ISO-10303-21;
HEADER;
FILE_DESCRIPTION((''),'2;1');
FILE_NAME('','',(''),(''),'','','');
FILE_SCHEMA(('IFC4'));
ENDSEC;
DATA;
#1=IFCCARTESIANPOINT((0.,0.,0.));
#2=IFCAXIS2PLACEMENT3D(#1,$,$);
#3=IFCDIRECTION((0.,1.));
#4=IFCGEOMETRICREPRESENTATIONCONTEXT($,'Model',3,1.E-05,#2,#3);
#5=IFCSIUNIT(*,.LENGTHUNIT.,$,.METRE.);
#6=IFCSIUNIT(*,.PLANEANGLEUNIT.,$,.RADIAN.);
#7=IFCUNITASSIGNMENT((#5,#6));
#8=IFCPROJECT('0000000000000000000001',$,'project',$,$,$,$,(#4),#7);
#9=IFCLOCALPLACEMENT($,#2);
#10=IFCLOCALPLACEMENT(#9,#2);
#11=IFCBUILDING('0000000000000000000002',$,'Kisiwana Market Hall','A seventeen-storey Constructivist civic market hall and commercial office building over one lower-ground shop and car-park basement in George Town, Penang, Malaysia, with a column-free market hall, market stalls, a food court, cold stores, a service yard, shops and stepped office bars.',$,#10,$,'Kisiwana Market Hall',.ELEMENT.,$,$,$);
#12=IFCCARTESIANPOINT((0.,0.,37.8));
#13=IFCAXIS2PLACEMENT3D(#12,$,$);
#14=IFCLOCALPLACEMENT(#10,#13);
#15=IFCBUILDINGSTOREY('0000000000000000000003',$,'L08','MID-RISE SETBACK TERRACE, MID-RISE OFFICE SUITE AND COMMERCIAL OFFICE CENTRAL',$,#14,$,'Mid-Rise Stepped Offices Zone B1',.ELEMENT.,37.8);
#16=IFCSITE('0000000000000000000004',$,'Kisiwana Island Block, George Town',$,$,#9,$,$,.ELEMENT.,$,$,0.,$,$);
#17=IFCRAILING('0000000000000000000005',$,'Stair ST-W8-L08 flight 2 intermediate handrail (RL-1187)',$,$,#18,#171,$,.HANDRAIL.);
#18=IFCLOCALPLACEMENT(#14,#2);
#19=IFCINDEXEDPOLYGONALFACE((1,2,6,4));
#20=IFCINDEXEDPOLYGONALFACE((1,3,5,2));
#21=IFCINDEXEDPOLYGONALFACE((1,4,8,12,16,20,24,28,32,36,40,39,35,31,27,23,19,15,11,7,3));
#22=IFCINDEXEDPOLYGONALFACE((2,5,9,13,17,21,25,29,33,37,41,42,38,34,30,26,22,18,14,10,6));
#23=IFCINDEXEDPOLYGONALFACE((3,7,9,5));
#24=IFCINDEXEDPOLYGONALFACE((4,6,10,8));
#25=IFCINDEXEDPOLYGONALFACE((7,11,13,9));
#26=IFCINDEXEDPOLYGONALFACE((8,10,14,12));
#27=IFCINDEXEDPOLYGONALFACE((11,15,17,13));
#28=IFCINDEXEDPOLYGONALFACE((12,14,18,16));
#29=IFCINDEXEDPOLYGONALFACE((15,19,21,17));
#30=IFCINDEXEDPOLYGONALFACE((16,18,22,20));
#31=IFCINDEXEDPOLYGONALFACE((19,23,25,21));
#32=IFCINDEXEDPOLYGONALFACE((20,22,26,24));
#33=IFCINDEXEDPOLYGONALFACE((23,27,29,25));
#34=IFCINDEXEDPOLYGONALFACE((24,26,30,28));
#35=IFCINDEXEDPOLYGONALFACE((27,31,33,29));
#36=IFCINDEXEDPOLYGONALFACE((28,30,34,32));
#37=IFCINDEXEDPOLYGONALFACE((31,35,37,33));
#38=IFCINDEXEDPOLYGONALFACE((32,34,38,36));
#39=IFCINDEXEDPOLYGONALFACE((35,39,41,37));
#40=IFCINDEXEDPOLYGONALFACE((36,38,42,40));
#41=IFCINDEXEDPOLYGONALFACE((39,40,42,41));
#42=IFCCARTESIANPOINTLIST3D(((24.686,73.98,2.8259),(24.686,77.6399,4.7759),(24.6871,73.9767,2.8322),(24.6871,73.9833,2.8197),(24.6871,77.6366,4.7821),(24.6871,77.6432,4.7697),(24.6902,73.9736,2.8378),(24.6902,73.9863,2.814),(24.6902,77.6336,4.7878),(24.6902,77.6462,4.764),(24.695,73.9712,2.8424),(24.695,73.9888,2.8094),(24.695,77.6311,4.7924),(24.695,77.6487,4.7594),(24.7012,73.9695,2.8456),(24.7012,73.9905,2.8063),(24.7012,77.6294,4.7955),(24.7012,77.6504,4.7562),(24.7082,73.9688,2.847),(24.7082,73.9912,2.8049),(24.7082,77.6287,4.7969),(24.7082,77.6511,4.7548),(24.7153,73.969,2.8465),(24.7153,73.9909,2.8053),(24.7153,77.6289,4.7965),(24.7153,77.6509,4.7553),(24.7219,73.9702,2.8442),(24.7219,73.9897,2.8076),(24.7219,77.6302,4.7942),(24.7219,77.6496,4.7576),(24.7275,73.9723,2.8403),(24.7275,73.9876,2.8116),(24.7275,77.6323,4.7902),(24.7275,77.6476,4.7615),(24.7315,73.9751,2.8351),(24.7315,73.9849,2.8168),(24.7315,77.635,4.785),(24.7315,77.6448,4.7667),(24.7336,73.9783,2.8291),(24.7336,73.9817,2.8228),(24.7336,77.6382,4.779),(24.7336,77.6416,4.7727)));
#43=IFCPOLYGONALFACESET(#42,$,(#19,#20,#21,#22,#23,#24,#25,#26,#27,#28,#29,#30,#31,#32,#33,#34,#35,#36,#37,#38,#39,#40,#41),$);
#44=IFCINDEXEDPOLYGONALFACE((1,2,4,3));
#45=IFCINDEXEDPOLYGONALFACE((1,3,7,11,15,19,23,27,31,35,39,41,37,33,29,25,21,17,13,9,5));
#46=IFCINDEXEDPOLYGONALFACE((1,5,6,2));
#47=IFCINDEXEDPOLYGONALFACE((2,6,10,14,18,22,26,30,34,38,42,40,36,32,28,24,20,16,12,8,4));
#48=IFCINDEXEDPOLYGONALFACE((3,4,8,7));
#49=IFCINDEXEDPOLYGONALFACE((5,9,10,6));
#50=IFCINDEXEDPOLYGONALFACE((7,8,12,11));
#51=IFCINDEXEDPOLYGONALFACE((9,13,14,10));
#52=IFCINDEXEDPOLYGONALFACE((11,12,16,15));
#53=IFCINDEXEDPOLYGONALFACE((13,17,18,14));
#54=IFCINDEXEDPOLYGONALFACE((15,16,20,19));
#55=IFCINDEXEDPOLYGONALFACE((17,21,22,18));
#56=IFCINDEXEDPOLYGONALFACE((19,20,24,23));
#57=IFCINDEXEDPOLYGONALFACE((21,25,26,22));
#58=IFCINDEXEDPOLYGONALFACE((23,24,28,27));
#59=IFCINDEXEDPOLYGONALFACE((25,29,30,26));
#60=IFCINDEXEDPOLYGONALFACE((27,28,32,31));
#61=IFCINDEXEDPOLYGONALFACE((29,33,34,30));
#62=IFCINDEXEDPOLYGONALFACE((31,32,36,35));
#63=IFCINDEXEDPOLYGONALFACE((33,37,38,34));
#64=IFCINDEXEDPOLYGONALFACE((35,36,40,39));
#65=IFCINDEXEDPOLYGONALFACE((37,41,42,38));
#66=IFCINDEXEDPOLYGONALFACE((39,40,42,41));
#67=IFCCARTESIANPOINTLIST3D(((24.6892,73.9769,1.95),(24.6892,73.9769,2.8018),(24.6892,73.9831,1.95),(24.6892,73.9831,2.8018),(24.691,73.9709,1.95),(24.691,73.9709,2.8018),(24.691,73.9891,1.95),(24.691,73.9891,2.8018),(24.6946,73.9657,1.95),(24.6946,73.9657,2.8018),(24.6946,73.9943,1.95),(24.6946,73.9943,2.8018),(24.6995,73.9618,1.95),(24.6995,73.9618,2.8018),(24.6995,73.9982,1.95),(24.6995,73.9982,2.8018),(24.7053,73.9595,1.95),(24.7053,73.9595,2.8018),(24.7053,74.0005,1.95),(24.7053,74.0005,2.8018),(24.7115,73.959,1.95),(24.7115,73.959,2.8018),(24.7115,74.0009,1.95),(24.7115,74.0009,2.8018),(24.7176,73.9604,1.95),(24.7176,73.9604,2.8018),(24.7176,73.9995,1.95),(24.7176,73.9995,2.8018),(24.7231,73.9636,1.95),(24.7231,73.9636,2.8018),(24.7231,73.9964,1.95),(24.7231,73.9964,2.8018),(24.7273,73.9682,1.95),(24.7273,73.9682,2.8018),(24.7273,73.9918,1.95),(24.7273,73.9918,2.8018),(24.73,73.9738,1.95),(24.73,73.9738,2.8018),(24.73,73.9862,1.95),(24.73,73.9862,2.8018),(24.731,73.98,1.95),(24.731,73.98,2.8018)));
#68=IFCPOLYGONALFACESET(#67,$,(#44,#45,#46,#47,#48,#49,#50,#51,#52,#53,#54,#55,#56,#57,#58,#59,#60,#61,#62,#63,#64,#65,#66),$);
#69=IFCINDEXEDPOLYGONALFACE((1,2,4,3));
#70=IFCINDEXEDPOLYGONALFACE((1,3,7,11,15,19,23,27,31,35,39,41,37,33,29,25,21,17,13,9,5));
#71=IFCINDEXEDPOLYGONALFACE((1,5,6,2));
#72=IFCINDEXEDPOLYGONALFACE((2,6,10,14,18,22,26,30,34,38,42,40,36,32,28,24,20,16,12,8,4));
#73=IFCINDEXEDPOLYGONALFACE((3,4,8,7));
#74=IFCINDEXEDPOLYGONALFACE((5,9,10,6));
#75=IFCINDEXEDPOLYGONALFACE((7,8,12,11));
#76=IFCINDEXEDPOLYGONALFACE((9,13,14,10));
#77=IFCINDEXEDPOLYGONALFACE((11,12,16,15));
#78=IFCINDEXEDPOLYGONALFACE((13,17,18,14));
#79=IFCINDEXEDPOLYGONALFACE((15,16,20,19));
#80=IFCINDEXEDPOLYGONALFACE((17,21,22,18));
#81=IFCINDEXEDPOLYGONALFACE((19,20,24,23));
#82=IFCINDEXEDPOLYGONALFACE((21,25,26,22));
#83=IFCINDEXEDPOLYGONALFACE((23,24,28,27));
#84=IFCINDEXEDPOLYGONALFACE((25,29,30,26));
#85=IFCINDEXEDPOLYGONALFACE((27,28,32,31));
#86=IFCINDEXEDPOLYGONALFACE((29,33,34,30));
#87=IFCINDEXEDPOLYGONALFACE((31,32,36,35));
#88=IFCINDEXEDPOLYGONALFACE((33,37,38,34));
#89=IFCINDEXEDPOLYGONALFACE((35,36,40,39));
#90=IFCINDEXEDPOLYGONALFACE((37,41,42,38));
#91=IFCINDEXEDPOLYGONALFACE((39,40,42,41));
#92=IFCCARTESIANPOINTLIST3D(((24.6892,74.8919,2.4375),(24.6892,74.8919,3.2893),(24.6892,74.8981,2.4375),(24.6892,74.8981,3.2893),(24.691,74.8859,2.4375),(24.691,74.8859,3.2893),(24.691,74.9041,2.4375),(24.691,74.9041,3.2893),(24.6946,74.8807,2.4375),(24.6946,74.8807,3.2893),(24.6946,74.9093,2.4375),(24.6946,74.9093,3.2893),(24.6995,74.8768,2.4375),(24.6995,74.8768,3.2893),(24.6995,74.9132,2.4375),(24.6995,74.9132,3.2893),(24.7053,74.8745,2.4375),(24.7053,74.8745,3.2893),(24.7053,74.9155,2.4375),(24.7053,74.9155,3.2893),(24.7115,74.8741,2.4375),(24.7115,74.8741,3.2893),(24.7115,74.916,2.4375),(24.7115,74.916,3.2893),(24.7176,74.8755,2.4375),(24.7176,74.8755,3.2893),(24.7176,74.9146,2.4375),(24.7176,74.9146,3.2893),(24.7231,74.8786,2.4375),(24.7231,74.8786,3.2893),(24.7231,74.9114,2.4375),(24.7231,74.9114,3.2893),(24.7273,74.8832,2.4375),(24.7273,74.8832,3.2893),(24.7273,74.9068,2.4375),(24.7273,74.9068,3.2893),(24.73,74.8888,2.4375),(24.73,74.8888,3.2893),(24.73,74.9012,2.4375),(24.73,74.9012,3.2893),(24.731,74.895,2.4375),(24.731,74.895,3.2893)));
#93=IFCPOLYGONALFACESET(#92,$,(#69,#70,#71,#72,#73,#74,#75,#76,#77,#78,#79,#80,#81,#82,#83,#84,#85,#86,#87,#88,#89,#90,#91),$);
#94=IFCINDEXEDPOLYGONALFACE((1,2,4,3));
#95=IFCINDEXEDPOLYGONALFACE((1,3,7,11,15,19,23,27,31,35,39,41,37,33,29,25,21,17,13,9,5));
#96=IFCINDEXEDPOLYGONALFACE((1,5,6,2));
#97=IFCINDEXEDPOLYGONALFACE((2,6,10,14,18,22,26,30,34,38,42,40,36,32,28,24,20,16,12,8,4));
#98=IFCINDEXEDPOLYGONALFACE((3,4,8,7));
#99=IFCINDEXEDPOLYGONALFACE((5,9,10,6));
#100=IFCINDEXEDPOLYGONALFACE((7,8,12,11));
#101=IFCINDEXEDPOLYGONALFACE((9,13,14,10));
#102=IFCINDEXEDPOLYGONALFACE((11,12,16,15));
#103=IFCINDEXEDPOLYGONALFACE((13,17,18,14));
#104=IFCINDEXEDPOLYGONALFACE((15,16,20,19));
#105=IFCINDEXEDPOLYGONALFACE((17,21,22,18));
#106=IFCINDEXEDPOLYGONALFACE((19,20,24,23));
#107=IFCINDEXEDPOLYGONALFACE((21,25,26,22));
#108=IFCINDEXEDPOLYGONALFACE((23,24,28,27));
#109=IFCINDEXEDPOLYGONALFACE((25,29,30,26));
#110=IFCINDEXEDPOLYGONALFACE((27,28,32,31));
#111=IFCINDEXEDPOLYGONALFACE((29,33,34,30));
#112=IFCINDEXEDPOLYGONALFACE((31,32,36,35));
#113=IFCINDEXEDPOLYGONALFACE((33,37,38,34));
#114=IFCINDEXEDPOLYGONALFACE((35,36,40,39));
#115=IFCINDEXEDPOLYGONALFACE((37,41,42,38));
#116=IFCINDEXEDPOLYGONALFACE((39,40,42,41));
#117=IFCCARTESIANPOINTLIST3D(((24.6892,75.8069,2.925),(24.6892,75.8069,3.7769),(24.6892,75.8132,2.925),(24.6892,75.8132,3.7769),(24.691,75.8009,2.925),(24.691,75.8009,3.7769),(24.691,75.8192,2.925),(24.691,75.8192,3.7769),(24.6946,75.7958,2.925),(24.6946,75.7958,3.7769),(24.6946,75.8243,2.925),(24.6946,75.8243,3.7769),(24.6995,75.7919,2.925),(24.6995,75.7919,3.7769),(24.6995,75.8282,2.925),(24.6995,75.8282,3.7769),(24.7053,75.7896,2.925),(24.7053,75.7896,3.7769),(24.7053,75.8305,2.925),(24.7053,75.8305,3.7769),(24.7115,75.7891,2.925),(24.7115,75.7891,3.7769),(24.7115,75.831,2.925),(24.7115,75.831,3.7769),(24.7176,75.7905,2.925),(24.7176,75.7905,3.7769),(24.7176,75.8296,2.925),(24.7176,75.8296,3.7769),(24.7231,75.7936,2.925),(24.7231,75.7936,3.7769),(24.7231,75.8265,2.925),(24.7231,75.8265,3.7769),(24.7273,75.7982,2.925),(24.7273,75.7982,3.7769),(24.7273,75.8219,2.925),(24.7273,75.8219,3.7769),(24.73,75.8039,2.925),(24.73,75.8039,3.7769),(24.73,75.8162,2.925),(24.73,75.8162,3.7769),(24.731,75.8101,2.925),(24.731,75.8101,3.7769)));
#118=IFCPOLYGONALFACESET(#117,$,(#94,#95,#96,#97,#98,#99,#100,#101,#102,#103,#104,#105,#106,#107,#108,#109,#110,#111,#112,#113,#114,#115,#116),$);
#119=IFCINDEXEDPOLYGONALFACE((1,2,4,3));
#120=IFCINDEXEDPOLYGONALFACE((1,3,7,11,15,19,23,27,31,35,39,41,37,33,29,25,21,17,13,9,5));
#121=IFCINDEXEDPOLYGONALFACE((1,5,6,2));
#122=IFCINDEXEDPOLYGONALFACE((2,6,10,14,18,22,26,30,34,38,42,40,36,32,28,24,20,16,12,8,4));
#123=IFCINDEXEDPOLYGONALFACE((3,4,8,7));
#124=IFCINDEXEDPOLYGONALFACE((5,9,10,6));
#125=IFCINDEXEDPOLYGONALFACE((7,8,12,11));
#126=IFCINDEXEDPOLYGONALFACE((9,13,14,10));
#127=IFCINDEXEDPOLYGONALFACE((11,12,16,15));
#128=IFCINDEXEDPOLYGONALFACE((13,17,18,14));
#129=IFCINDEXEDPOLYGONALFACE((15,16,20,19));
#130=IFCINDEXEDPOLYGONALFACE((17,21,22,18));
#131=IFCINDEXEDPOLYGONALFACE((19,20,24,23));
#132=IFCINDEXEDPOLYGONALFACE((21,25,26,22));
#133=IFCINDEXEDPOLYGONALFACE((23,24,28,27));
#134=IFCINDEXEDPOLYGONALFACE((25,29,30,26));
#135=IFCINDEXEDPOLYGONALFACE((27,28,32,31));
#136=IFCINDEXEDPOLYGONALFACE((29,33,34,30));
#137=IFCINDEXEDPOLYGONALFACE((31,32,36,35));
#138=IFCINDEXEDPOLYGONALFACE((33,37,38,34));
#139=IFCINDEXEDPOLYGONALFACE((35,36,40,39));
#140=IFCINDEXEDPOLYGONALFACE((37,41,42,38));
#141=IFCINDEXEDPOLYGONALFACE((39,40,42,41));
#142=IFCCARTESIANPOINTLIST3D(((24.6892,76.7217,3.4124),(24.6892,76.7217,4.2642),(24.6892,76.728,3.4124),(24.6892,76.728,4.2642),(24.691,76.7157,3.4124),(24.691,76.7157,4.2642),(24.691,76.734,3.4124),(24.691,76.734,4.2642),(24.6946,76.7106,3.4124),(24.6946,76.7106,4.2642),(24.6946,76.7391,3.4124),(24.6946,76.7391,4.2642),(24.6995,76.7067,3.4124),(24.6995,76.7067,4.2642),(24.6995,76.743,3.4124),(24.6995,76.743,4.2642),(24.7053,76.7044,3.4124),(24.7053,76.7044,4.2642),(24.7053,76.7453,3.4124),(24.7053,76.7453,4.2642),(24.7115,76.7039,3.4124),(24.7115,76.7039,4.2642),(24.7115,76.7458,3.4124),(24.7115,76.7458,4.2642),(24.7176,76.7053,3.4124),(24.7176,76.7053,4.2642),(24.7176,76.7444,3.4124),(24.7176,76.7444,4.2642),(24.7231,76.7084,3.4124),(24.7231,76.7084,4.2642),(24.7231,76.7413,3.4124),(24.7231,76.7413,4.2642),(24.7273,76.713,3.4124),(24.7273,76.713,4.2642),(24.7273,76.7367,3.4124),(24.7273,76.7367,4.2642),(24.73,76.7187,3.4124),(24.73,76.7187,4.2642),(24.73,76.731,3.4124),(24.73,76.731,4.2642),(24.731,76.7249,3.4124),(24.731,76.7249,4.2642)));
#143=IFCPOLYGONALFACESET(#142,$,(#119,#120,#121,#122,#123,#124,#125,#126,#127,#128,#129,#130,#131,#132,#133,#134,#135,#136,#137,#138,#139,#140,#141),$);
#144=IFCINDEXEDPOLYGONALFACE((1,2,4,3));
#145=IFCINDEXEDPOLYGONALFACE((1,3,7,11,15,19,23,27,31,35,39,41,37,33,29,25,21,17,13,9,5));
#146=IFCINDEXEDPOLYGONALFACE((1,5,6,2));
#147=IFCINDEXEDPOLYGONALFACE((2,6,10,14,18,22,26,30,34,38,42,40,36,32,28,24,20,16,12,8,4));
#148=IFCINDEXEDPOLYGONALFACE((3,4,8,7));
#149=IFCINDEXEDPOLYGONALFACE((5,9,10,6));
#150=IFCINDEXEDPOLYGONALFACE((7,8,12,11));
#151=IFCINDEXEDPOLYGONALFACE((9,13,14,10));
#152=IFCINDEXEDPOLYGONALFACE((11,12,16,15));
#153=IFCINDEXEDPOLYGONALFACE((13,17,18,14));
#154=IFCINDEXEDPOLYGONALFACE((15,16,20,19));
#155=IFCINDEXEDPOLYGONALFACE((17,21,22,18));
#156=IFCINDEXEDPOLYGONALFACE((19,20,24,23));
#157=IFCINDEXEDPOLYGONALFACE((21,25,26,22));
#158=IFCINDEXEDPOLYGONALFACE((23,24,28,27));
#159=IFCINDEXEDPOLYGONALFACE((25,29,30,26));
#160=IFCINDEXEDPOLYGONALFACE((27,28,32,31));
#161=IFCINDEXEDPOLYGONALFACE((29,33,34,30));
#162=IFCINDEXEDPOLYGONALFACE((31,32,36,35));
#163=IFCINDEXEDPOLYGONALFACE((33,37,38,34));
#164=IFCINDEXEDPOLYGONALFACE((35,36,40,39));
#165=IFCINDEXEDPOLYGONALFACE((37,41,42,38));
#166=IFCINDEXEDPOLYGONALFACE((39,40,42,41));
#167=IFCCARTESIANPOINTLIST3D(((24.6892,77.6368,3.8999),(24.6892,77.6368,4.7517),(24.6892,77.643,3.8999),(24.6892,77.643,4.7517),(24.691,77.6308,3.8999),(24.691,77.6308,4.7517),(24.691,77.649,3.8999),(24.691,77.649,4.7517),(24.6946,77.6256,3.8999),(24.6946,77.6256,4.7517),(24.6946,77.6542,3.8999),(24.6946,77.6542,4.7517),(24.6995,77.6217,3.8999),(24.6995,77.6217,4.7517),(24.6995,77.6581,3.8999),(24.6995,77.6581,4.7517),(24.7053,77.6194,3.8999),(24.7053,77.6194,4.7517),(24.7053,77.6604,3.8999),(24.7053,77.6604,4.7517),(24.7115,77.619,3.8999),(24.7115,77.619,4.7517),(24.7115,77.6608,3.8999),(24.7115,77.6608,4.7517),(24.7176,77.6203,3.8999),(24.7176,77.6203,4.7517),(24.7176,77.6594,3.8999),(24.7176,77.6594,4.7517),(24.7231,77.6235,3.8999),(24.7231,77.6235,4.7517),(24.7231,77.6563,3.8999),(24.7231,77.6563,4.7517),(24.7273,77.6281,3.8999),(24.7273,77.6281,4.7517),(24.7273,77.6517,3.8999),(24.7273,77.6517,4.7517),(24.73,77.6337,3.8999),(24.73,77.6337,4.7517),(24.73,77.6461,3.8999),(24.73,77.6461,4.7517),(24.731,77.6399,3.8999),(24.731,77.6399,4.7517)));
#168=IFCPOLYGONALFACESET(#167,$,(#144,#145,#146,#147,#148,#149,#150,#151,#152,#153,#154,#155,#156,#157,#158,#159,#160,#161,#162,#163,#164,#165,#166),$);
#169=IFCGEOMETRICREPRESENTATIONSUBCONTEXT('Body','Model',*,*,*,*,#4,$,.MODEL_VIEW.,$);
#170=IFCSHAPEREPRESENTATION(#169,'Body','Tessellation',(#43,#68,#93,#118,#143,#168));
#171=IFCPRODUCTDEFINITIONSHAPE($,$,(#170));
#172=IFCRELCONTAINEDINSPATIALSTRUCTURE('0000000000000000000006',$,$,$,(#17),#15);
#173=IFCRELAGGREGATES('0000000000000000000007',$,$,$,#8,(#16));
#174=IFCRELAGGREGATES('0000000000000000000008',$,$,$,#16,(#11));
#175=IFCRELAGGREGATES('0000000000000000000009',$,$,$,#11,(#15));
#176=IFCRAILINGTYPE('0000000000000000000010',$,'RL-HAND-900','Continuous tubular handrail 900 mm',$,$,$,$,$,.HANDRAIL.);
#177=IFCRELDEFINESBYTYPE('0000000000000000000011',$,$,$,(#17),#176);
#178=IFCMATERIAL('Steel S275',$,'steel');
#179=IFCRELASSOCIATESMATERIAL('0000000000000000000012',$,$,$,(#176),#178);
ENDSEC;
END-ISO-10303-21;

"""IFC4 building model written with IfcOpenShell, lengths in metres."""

from ifc_helpers import new_model, si_unit, direction, frame, origin, origin_2d, place, context, subcontext, project, spatial, circle, extrude, material, type_object, element, save


model = new_model("IFC4")

# Units and contexts
model_context = context("Model", 3, precision=1e-05, world=origin(), true_north=direction((0.0, 1.0)))
body_context = subcontext(model_context, "Body", "Model", "MODEL_VIEW")
ifc_project = project(units=[si_unit("LENGTHUNIT", "METRE"), si_unit("PLANEANGLEUNIT", "RADIAN")], contexts=[model_context])

# Site, building, storey
site_placement = place(None, origin())
site = spatial("IfcSite", under=ifc_project, at=site_placement, Name="Kisiwana Island Block, George Town", CompositionType="ELEMENT", RefElevation=0.0)
building_placement = place(site_placement, origin())
building = spatial("IfcBuilding", under=site, at=building_placement, Name="Kisiwana Market Hall", Description="A seventeen-storey Constructivist civic market hall and commercial office building over one lower-ground shop and car-park basement in George Town, Penang, Malaysia, with a column-free market hall, market stalls, a food court, cold stores, a service yard, shops and stepped office bars.", LongName="Kisiwana Market Hall", CompositionType="ELEMENT")
storey_placement = place(building_placement, frame((0.0, 0.0, 37.8)))
storey = spatial("IfcBuildingStorey", under=building, at=storey_placement, Name="L08", Description="MID-RISE SETBACK TERRACE, MID-RISE OFFICE SUITE AND COMMERCIAL OFFICE CENTRAL", LongName="Mid-Rise Stepped Offices Zone B1", CompositionType="ELEMENT", Elevation=37.8)

# Railing
ifc_material_1 = material(Name="Steel S275", Category="steel")
railing_type_1 = type_object("IfcRailingType", Name="RL-HAND-900", Description="Continuous tubular handrail 900 mm", PredefinedType="HANDRAIL", material=ifc_material_1)
railing_1_placement = place(storey_placement, frame((24.71, 73.98, 1.95)))
element("IfcRailing", 1, at=railing_1_placement, inside=storey, type_object=railing_type_1, Name="Stair ST-W8-L08 flight 2 intermediate handrail (RL-1187)", PredefinedType="HANDRAIL", context=body_context, shape_type="SweptSolid", body=[
    extrude(circle(Radius=0.0239, at=origin_2d()), frame((0.0, 0.0, 0.876), z_axis=(0.0, 0.882553, 0.470212), x_axis=(-1.0, 0.0, 0.0)), (0.0, 0.0, 1.0), 4.147),
    extrude(circle(Radius=0.021, at=origin_2d()), origin(), (0.0, 0.0, 1.0), 0.8518),
    extrude(circle(Radius=0.021, at=origin_2d()), frame((0.0, 0.915, 0.4875)), (0.0, 0.0, 1.0), 0.8518),
    extrude(circle(Radius=0.021, at=origin_2d()), frame((0.0, 1.8301, 0.9751)), (0.0, 0.0, 1.0), 0.8518),
    extrude(circle(Radius=0.021, at=origin_2d()), frame((0.0, 2.7449, 1.4624)), (0.0, 0.0, 1.0), 0.8518),
    extrude(circle(Radius=0.021, at=origin_2d()), frame((0.0, 3.6599, 1.95)), (0.0, 0.0, 1.0), 0.8518),
])

save(model, "model.ifc")
